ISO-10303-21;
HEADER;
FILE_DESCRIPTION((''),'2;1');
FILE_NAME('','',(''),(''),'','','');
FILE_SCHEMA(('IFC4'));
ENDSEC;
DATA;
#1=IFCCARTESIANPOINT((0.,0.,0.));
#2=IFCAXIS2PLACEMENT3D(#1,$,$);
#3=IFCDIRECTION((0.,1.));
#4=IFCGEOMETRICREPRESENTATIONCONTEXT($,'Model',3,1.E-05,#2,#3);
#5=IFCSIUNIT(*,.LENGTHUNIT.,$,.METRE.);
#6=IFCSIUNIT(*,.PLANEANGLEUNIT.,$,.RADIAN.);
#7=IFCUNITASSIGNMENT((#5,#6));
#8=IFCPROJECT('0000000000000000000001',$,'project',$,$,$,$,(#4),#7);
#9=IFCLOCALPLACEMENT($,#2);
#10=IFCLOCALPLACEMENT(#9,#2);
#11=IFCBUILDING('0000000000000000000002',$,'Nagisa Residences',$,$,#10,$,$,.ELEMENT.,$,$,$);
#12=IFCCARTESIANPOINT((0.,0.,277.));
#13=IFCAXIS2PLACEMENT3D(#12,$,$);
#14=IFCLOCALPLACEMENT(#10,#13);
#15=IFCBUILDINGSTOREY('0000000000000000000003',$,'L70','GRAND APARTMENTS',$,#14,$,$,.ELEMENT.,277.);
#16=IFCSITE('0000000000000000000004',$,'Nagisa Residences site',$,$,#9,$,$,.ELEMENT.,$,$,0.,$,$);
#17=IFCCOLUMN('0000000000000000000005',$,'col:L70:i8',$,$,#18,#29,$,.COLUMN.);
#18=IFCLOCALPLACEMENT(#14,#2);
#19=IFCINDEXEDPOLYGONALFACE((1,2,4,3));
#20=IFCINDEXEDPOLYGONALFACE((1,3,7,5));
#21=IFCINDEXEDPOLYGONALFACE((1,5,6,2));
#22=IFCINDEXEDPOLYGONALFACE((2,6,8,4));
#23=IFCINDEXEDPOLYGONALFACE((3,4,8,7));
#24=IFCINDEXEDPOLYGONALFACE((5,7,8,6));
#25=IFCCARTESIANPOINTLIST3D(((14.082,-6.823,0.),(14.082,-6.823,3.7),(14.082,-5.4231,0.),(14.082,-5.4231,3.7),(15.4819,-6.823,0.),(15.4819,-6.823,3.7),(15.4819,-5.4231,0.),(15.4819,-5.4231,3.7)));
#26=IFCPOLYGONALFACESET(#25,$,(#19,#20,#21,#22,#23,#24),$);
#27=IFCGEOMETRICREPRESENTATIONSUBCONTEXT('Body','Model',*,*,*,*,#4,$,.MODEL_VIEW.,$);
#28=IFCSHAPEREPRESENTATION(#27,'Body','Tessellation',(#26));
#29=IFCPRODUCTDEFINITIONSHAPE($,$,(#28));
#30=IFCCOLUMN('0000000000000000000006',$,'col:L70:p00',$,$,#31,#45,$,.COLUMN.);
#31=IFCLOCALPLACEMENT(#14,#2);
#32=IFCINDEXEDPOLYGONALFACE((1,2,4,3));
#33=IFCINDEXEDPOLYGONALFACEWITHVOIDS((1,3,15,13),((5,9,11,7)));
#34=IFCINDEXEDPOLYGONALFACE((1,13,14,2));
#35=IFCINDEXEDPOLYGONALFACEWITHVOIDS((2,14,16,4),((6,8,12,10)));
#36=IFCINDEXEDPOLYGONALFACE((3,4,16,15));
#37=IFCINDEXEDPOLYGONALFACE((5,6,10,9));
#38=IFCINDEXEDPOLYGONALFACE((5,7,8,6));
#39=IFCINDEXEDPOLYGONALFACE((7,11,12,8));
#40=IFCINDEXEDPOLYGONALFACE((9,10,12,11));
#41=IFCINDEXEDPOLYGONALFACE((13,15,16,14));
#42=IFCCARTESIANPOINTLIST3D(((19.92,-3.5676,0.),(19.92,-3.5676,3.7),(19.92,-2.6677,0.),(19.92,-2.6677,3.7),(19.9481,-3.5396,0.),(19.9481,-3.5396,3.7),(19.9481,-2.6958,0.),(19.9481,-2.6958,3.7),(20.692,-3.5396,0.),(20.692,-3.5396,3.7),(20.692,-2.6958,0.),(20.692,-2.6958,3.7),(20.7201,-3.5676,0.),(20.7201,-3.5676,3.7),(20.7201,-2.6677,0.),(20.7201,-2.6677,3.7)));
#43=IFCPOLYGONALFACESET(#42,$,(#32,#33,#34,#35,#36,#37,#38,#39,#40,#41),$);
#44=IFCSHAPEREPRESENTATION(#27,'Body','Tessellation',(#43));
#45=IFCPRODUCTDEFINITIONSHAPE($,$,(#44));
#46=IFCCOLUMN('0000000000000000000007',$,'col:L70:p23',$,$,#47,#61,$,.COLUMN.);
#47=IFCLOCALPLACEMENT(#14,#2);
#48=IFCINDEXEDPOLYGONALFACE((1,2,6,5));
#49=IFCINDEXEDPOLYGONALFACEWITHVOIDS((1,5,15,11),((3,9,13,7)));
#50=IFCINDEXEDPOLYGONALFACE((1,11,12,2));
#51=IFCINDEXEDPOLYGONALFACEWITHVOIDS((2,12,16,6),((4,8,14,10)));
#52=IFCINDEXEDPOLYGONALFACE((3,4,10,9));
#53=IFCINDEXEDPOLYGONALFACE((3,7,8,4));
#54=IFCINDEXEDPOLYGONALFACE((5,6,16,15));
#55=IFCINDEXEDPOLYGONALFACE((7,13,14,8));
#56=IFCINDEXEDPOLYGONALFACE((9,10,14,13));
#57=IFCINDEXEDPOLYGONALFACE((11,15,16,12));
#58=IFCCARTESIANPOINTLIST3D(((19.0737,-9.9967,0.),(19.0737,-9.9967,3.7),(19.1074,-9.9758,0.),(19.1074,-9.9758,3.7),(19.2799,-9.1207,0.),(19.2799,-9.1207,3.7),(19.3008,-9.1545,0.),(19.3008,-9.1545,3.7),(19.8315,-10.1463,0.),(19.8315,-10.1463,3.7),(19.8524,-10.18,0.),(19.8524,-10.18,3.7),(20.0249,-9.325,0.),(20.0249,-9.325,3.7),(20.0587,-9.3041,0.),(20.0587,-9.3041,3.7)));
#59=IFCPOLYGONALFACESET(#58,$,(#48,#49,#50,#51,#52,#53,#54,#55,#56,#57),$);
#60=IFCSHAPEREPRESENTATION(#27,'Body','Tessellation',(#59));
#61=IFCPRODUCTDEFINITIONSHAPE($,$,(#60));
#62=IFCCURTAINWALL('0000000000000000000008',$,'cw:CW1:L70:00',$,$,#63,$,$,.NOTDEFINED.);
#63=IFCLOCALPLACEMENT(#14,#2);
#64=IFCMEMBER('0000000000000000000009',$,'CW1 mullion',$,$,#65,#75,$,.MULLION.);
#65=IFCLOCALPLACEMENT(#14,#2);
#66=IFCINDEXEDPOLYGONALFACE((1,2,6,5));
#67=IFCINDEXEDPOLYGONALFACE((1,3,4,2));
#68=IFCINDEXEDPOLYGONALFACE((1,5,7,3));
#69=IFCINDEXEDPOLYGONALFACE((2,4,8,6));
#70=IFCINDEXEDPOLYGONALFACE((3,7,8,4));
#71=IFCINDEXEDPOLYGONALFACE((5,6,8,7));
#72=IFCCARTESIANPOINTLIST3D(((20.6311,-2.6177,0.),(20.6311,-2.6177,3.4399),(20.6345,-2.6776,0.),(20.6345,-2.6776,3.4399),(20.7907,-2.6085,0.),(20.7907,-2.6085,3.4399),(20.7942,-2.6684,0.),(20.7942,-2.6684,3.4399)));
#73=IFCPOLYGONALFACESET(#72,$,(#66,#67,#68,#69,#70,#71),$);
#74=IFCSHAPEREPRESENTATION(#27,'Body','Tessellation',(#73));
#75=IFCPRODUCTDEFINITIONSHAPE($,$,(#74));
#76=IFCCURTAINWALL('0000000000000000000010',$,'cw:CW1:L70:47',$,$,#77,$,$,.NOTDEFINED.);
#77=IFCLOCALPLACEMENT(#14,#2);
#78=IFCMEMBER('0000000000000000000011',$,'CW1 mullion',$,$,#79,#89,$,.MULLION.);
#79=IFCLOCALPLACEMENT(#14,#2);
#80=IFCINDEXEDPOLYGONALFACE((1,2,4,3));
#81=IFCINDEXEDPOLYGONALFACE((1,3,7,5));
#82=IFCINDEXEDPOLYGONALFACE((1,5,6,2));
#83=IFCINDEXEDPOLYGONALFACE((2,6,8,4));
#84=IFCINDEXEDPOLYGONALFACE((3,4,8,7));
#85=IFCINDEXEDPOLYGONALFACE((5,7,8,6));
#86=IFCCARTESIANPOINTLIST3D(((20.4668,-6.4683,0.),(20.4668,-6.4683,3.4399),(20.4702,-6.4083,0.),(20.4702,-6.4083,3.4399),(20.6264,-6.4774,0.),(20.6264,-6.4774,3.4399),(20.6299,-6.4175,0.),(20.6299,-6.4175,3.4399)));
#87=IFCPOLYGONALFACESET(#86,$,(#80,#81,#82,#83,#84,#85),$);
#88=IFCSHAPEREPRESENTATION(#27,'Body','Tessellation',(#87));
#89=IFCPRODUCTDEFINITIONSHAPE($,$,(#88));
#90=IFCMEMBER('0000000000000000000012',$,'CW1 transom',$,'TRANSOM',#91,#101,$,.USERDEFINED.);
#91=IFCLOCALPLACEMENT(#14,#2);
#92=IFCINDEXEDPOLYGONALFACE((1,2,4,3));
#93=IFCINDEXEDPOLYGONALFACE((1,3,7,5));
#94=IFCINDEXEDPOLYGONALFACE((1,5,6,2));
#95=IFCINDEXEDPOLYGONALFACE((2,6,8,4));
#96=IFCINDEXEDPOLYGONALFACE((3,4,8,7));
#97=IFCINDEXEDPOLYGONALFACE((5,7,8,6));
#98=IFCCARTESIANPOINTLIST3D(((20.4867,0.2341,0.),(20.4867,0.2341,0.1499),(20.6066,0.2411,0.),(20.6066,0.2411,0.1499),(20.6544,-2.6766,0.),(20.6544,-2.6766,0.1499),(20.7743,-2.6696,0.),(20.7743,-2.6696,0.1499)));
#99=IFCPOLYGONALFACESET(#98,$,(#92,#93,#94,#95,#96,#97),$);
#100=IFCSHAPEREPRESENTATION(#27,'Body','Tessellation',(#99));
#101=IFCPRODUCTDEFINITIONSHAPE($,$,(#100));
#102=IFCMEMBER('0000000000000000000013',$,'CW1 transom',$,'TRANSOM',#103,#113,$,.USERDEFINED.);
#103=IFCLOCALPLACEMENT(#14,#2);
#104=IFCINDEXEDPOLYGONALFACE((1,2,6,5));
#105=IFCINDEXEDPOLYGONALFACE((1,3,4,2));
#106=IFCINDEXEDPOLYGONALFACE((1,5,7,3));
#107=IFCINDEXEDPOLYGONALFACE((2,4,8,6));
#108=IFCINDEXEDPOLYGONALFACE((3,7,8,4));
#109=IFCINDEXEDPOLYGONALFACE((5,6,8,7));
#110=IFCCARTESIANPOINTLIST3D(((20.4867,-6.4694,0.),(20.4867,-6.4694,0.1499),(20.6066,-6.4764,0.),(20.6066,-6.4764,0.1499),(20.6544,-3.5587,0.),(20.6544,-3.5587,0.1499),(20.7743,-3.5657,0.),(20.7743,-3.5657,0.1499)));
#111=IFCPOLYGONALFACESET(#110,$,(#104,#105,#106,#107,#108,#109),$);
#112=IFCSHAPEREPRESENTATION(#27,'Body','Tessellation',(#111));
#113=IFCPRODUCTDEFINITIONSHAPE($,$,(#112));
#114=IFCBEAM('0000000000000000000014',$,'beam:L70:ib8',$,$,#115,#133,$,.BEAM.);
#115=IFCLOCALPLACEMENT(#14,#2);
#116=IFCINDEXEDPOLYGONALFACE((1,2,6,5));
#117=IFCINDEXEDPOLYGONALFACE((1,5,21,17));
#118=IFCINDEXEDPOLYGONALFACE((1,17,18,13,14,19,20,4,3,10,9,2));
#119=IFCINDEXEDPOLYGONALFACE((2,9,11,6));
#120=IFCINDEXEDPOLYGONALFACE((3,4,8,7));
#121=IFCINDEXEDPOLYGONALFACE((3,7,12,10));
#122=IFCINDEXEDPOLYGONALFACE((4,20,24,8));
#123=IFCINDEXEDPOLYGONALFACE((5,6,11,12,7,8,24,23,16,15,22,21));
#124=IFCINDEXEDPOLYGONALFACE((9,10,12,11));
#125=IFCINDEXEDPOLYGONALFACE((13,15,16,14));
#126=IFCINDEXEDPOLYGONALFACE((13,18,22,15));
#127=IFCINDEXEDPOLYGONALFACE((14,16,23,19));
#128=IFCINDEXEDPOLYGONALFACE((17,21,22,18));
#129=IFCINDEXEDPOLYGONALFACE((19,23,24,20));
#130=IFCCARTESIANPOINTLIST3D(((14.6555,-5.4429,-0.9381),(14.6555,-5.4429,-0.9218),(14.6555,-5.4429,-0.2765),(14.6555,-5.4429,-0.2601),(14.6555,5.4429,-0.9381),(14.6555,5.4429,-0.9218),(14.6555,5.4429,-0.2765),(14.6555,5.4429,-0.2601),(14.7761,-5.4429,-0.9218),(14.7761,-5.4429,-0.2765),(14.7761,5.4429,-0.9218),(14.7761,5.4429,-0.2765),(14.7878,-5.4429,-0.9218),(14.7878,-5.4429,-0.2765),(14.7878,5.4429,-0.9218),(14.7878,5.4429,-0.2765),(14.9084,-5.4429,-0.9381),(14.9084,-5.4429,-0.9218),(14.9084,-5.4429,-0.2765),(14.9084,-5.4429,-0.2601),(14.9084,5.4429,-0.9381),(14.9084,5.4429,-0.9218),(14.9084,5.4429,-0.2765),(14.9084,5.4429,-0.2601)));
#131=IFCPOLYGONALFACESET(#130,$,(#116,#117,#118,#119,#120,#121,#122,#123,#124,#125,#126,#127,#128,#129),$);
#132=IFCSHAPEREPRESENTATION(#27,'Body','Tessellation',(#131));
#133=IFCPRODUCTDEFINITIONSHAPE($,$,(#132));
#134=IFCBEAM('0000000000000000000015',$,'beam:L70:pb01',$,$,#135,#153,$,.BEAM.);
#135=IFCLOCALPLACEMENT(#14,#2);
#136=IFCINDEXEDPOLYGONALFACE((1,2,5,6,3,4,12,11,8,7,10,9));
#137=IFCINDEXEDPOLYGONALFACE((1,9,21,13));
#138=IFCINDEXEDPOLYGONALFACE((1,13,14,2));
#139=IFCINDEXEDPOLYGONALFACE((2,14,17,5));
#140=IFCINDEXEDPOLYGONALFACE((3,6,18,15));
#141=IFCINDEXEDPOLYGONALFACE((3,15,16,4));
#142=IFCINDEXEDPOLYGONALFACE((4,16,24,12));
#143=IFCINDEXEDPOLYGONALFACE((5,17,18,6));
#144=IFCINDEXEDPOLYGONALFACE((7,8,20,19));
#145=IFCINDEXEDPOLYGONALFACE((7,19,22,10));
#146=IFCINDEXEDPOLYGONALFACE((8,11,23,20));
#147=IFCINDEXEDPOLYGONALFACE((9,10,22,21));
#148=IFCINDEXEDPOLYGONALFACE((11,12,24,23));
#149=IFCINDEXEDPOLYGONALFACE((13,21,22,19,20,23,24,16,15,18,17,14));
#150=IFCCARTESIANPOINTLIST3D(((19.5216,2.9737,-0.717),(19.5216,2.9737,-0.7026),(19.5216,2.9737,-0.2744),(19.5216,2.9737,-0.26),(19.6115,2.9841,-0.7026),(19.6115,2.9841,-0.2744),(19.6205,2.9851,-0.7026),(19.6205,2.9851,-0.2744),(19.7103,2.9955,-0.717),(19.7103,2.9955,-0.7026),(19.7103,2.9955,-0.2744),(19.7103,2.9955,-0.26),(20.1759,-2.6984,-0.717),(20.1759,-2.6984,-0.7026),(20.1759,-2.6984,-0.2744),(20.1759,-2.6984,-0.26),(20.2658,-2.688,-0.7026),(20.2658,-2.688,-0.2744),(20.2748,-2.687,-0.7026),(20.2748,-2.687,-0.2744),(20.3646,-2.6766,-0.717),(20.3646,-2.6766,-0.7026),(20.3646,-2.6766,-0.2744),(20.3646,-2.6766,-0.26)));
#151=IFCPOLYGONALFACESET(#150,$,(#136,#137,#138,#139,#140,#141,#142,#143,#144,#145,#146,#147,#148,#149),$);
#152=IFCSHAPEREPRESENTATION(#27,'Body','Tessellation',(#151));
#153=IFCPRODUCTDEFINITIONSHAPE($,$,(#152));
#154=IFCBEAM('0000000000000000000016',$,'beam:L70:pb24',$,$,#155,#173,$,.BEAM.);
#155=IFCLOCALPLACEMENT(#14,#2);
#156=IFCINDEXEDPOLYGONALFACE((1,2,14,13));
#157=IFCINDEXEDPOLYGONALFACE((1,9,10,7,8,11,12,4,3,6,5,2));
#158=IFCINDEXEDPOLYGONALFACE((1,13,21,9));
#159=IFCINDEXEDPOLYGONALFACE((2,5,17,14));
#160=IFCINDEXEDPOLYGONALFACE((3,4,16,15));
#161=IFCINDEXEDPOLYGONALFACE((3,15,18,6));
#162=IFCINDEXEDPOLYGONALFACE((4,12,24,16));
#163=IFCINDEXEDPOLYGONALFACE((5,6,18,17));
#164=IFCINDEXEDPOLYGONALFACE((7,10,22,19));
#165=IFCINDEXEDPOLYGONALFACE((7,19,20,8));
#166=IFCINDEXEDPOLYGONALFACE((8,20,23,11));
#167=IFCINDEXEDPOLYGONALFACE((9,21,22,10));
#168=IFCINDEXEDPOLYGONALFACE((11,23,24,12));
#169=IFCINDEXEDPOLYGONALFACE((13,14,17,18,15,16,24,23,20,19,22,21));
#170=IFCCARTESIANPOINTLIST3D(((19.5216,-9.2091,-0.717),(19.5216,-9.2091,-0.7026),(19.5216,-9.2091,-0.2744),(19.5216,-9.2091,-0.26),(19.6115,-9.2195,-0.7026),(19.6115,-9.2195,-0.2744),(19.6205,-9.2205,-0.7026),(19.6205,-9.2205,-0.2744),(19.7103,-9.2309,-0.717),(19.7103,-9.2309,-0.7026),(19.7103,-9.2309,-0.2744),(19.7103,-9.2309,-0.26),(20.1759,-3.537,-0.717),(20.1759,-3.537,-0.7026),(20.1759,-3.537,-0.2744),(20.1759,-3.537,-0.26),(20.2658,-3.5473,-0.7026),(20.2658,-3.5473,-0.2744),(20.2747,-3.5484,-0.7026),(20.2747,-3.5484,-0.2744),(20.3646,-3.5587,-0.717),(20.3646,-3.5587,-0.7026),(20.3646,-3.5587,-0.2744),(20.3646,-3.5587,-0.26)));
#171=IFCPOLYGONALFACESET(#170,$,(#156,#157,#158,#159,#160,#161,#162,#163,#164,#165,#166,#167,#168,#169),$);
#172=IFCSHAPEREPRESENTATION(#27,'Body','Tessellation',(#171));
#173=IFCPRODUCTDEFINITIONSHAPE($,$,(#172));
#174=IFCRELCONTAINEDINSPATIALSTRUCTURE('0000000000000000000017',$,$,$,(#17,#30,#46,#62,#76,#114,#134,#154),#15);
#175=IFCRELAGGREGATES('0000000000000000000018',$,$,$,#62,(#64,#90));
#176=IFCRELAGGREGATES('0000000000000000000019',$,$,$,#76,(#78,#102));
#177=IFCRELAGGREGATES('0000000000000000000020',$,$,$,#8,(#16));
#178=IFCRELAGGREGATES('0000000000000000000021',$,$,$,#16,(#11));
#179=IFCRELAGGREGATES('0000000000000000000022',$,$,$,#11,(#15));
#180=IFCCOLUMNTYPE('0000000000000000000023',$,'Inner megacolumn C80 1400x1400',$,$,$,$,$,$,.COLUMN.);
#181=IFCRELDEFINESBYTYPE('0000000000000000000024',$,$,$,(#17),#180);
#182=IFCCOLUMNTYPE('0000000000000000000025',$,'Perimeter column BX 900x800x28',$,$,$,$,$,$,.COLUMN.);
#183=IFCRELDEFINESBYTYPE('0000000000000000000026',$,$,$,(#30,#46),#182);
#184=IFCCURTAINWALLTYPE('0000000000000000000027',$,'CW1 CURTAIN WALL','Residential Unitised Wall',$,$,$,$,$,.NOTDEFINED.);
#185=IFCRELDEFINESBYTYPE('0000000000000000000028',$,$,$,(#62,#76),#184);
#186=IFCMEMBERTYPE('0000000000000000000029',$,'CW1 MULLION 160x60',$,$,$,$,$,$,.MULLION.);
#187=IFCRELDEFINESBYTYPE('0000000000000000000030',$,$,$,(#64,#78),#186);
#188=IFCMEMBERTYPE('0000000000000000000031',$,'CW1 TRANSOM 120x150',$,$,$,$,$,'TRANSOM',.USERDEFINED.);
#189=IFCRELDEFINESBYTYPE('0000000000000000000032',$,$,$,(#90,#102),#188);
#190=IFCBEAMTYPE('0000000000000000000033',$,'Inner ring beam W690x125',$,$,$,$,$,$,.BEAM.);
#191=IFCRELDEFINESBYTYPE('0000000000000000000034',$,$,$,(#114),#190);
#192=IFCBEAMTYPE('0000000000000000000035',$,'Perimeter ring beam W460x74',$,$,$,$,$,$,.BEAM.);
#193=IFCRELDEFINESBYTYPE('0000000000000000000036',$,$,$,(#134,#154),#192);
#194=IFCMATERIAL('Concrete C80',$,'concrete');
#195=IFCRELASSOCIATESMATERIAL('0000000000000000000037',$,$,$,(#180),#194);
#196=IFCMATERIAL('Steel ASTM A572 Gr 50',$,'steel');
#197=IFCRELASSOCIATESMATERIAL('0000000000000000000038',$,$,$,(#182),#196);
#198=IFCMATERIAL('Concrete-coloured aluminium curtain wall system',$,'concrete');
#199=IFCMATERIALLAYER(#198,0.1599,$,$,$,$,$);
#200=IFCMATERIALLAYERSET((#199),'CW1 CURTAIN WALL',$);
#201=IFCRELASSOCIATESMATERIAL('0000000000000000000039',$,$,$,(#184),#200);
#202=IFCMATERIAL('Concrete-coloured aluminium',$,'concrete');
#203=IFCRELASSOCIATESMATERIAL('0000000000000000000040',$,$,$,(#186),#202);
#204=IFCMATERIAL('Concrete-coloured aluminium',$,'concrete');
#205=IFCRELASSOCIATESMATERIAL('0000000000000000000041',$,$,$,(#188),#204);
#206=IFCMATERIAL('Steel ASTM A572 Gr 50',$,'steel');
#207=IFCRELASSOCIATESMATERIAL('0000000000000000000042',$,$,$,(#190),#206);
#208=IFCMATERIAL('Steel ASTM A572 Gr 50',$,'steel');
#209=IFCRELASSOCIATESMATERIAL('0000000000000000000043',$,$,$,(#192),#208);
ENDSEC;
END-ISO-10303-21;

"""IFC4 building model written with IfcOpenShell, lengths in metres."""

from ifc_helpers import new_model, si_unit, direction, frame, origin, origin_2d, place, context, subcontext, project, spatial, rectangle, hollow_rectangle, i_section, extrude, material, layer, layer_set, material_profile, profile_set, type_object, element, aggregate, save


model = new_model("IFC4")

# Units and contexts
model_context = context("Model", 3, precision=1e-05, world=origin(), true_north=direction((0.0, 1.0)))
body_context = subcontext(model_context, "Body", "Model", "MODEL_VIEW")
ifc_project = project(units=[si_unit("LENGTHUNIT", "METRE"), si_unit("PLANEANGLEUNIT", "RADIAN")], contexts=[model_context])

# Site, building, storey
site_placement = place(None, origin())
site = spatial("IfcSite", under=ifc_project, at=site_placement, Name="Nagisa Residences site", CompositionType="ELEMENT", RefElevation=0.0)
building_placement = place(site_placement, origin())
building = spatial("IfcBuilding", under=site, at=building_placement, Name="Nagisa Residences", CompositionType="ELEMENT")
storey_placement = place(building_placement, frame((0.0, 0.0, 277.0)))
storey = spatial("IfcBuildingStorey", under=building, at=storey_placement, Name="L70", Description="GRAND APARTMENTS", CompositionType="ELEMENT", Elevation=277.0)

# Columns
ifc_material_1 = material(Name="Concrete C80", Category="concrete")
ifc_material_profile_1 = material_profile(ifc_material_1, rectangle(XDim=1.3999, YDim=1.3999, at=origin_2d()), Name="C80 1400x1400")
ifc_profile_set_1 = profile_set([ifc_material_profile_1], Name="Concrete C80")
column_type_1 = type_object("IfcColumnType", Name="Inner megacolumn C80 1400x1400", PredefinedType="COLUMN", material=ifc_profile_set_1)
column_placement = place(storey_placement, frame((14.782, -6.123, 0.0), z_axis=(0.0, 0.0, 1.0), x_axis=(1.0, 0.0, 0.0)))
element("IfcColumn", 1, at=column_placement, inside=storey, type_object=column_type_1, Name="col:L70:i8", PredefinedType="COLUMN", context=body_context, shape_type="SweptSolid", body=[
    extrude(rectangle(XDim=1.3999, YDim=1.3999, at=origin_2d()), origin(), (0.0, 0.0, 1.0), 3.7),
])
ifc_material_2 = material(Name="Steel ASTM A572 Gr 50", Category="steel")
ifc_material_profile_2 = material_profile(ifc_material_2, hollow_rectangle(XDim=0.8999, YDim=0.8, WallThickness=0.0281, at=origin_2d()), Name="BX 900x800x28")
ifc_profile_set_2 = profile_set([ifc_material_profile_2], Name="Steel ASTM A572 Gr 50")
column_type_2 = type_object("IfcColumnType", Name="Perimeter column BX 900x800x28", PredefinedType="COLUMN", material=ifc_profile_set_2)
for number, where, z_axis, x_axis, name in (
    (2, (20.3201, -3.1177, 0.0), (0.0, 0.0, 1.0), (0.0, 1.0, 0.0), "col:L70:p00"),
    (3, (19.5662, -9.6504, 0.0), (0.0, 0.0, 1.0), (0.229202, 0.973379, 0.0), "col:L70:p23"),
):
    element("IfcColumn", number, at=place(storey_placement, frame(where, z_axis=z_axis, x_axis=x_axis)), inside=storey, type_object=column_type_2, Name=name, PredefinedType="COLUMN", context=body_context, shape_type="SweptSolid", body=[
        extrude(hollow_rectangle(XDim=0.8999, YDim=0.8, WallThickness=0.0281, at=origin_2d()), origin(), (0.0, 0.0, 1.0), 3.7),
    ])

# Curtain walls, members
ifc_material_3 = material(Name="Concrete-coloured aluminium curtain wall system", Category="concrete")
ifc_layer_1 = layer(ifc_material_3, 0.1599)
ifc_layer_set_1 = layer_set([ifc_layer_1], Name="CW1 CURTAIN WALL")
curtain_wall_type = type_object("IfcCurtainWallType", Name="CW1 CURTAIN WALL", Description="Residential Unitised Wall", PredefinedType="NOTDEFINED", material=ifc_layer_set_1)
curtain_wall_1_placement = place(storey_placement, origin())
curtain_wall_1 = element("IfcCurtainWall", 4, at=curtain_wall_1_placement, inside=storey, type_object=curtain_wall_type, Name="cw:CW1:L70:00", PredefinedType="NOTDEFINED")
ifc_material_4 = material(Name="Concrete-coloured aluminium", Category="concrete")
ifc_material_profile_3 = material_profile(ifc_material_4, rectangle(XDim=0.1599, YDim=0.0601, at=origin_2d()), Name="CW1 MULLION 160x60")
ifc_profile_set_3 = profile_set([ifc_material_profile_3], Name="Concrete-coloured aluminium")
member_type_1 = type_object("IfcMemberType", Name="CW1 MULLION 160x60", PredefinedType="MULLION", material=ifc_profile_set_3)
member_1_placement = place(storey_placement, frame((20.7126, -2.6431, 0.0), z_axis=(0.0, 0.0, 1.0), x_axis=(-0.998345, -0.057503, 0.0)))
member_1 = element("IfcMember", 5, at=member_1_placement, type_object=member_type_1, Name="CW1 mullion", PredefinedType="MULLION", context=body_context, shape_type="SweptSolid", body=[
    extrude(rectangle(XDim=0.1599, YDim=0.0601, at=origin_2d()), origin(), (0.0, 0.0, 1.0), 3.4399),
])
curtain_wall_2_placement = place(storey_placement, origin())
curtain_wall_2 = element("IfcCurtainWall", 6, at=curtain_wall_2_placement, inside=storey, type_object=curtain_wall_type, Name="cw:CW1:L70:47", PredefinedType="NOTDEFINED")
member_2_placement = place(storey_placement, frame((20.5483, -6.4429, 0.0), z_axis=(0.0, 0.0, 1.0), x_axis=(-0.998345, 0.057503, 0.0)))
member_2 = element("IfcMember", 7, at=member_2_placement, type_object=member_type_1, Name="CW1 mullion", PredefinedType="MULLION", context=body_context, shape_type="SweptSolid", body=[
    extrude(rectangle(XDim=0.1599, YDim=0.0601, at=origin_2d()), origin(), (0.0, 0.0, 1.0), 3.4399),
])

# Members
ifc_material_5 = material(Name="Concrete-coloured aluminium", Category="concrete")
ifc_material_profile_4 = material_profile(ifc_material_5, rectangle(XDim=0.1201, YDim=0.1499, at=origin_2d()), Name="CW1 TRANSOM 120x150")
ifc_profile_set_4 = profile_set([ifc_material_profile_4], Name="Concrete-coloured aluminium")
member_type_2 = type_object("IfcMemberType", Name="CW1 TRANSOM 120x150", ElementType="TRANSOM", PredefinedType="USERDEFINED", material=ifc_profile_set_4)
member_3_placement = place(storey_placement, frame((20.7144, -2.6731, 0.075), z_axis=(-0.057529, 0.998344, 0.0), x_axis=(-0.998344, -0.057529, 0.0)))
member_3 = element("IfcMember", 8, at=member_3_placement, type_object=member_type_2, Name="CW1 transom", ObjectType="TRANSOM", PredefinedType="USERDEFINED", context=body_context, shape_type="SweptSolid", body=[
    extrude(rectangle(XDim=0.1201, YDim=0.1499, at=origin_2d()), origin(), (0.0, 0.0, 1.0), 2.9155),
])
member_4_placement = place(storey_placement, frame((20.5466, -6.4729, 0.075), z_axis=(0.057529, 0.998344, 0.0), x_axis=(-0.998344, 0.057529, 0.0)))
member_4 = element("IfcMember", 9, at=member_4_placement, type_object=member_type_2, Name="CW1 transom", ObjectType="TRANSOM", PredefinedType="USERDEFINED", context=body_context, shape_type="SweptSolid", body=[
    extrude(rectangle(XDim=0.1201, YDim=0.1499, at=origin_2d()), origin(), (0.0, 0.0, 1.0), 2.9155),
])

# Beams
ifc_material_6 = material(Name="Steel ASTM A572 Gr 50", Category="steel")
ifc_material_profile_5 = material_profile(ifc_material_6, i_section(OverallWidth=0.2529, OverallDepth=0.678, WebThickness=0.0117, FlangeThickness=0.0164, at=origin_2d()), Name="W690x125")
ifc_profile_set_5 = profile_set([ifc_material_profile_5], Name="Steel ASTM A572 Gr 50")
beam_type_1 = type_object("IfcBeamType", Name="Inner ring beam W690x125", PredefinedType="BEAM", material=ifc_profile_set_5)
beam_1_placement = place(storey_placement, frame((14.782, -5.4429, -0.5991), z_axis=(0.0, 1.0, 0.0), x_axis=(-1.0, 0.0, 0.0)))
element("IfcBeam", 10, at=beam_1_placement, inside=storey, type_object=beam_type_1, Name="beam:L70:ib8", PredefinedType="BEAM", context=body_context, shape_type="SweptSolid", body=[
    extrude(i_section(OverallWidth=0.2529, OverallDepth=0.678, WebThickness=0.0117, FlangeThickness=0.0164, at=origin_2d()), origin(), (0.0, 0.0, 1.0), 10.8857),
])
ifc_material_7 = material(Name="Steel ASTM A572 Gr 50", Category="steel")
ifc_material_profile_6 = material_profile(ifc_material_7, i_section(OverallWidth=0.1899, OverallDepth=0.457, WebThickness=0.009, FlangeThickness=0.0144, at=origin_2d()), Name="W460x74")
ifc_profile_set_6 = profile_set([ifc_material_profile_6], Name="Steel ASTM A572 Gr 50")
beam_type_2 = type_object("IfcBeamType", Name="Perimeter ring beam W460x74", PredefinedType="BEAM", material=ifc_profile_set_6)
for number, where, z_axis, x_axis, name in (
    (11, (20.2703, -2.6875, -0.4885), (-0.114593, 0.993412, 0.0), (-0.993412, -0.114593, 0.0), "beam:L70:pb01"),
    (12, (19.616, -9.22, -0.4885), (0.114593, 0.993412, 0.0), (-0.993412, 0.114593, 0.0), "beam:L70:pb24"),
):
    element("IfcBeam", number, at=place(storey_placement, frame(where, z_axis=z_axis, x_axis=x_axis)), inside=storey, type_object=beam_type_2, Name=name, PredefinedType="BEAM", context=body_context, shape_type="SweptSolid", body=[
        extrude(i_section(OverallWidth=0.1899, OverallDepth=0.457, WebThickness=0.009, FlangeThickness=0.0144, at=origin_2d()), origin(), (0.0, 0.0, 1.0), 5.7097),
    ])

aggregate(curtain_wall_1, [member_1, member_3])

aggregate(curtain_wall_2, [member_2, member_4])

save(model, "model.ifc")
